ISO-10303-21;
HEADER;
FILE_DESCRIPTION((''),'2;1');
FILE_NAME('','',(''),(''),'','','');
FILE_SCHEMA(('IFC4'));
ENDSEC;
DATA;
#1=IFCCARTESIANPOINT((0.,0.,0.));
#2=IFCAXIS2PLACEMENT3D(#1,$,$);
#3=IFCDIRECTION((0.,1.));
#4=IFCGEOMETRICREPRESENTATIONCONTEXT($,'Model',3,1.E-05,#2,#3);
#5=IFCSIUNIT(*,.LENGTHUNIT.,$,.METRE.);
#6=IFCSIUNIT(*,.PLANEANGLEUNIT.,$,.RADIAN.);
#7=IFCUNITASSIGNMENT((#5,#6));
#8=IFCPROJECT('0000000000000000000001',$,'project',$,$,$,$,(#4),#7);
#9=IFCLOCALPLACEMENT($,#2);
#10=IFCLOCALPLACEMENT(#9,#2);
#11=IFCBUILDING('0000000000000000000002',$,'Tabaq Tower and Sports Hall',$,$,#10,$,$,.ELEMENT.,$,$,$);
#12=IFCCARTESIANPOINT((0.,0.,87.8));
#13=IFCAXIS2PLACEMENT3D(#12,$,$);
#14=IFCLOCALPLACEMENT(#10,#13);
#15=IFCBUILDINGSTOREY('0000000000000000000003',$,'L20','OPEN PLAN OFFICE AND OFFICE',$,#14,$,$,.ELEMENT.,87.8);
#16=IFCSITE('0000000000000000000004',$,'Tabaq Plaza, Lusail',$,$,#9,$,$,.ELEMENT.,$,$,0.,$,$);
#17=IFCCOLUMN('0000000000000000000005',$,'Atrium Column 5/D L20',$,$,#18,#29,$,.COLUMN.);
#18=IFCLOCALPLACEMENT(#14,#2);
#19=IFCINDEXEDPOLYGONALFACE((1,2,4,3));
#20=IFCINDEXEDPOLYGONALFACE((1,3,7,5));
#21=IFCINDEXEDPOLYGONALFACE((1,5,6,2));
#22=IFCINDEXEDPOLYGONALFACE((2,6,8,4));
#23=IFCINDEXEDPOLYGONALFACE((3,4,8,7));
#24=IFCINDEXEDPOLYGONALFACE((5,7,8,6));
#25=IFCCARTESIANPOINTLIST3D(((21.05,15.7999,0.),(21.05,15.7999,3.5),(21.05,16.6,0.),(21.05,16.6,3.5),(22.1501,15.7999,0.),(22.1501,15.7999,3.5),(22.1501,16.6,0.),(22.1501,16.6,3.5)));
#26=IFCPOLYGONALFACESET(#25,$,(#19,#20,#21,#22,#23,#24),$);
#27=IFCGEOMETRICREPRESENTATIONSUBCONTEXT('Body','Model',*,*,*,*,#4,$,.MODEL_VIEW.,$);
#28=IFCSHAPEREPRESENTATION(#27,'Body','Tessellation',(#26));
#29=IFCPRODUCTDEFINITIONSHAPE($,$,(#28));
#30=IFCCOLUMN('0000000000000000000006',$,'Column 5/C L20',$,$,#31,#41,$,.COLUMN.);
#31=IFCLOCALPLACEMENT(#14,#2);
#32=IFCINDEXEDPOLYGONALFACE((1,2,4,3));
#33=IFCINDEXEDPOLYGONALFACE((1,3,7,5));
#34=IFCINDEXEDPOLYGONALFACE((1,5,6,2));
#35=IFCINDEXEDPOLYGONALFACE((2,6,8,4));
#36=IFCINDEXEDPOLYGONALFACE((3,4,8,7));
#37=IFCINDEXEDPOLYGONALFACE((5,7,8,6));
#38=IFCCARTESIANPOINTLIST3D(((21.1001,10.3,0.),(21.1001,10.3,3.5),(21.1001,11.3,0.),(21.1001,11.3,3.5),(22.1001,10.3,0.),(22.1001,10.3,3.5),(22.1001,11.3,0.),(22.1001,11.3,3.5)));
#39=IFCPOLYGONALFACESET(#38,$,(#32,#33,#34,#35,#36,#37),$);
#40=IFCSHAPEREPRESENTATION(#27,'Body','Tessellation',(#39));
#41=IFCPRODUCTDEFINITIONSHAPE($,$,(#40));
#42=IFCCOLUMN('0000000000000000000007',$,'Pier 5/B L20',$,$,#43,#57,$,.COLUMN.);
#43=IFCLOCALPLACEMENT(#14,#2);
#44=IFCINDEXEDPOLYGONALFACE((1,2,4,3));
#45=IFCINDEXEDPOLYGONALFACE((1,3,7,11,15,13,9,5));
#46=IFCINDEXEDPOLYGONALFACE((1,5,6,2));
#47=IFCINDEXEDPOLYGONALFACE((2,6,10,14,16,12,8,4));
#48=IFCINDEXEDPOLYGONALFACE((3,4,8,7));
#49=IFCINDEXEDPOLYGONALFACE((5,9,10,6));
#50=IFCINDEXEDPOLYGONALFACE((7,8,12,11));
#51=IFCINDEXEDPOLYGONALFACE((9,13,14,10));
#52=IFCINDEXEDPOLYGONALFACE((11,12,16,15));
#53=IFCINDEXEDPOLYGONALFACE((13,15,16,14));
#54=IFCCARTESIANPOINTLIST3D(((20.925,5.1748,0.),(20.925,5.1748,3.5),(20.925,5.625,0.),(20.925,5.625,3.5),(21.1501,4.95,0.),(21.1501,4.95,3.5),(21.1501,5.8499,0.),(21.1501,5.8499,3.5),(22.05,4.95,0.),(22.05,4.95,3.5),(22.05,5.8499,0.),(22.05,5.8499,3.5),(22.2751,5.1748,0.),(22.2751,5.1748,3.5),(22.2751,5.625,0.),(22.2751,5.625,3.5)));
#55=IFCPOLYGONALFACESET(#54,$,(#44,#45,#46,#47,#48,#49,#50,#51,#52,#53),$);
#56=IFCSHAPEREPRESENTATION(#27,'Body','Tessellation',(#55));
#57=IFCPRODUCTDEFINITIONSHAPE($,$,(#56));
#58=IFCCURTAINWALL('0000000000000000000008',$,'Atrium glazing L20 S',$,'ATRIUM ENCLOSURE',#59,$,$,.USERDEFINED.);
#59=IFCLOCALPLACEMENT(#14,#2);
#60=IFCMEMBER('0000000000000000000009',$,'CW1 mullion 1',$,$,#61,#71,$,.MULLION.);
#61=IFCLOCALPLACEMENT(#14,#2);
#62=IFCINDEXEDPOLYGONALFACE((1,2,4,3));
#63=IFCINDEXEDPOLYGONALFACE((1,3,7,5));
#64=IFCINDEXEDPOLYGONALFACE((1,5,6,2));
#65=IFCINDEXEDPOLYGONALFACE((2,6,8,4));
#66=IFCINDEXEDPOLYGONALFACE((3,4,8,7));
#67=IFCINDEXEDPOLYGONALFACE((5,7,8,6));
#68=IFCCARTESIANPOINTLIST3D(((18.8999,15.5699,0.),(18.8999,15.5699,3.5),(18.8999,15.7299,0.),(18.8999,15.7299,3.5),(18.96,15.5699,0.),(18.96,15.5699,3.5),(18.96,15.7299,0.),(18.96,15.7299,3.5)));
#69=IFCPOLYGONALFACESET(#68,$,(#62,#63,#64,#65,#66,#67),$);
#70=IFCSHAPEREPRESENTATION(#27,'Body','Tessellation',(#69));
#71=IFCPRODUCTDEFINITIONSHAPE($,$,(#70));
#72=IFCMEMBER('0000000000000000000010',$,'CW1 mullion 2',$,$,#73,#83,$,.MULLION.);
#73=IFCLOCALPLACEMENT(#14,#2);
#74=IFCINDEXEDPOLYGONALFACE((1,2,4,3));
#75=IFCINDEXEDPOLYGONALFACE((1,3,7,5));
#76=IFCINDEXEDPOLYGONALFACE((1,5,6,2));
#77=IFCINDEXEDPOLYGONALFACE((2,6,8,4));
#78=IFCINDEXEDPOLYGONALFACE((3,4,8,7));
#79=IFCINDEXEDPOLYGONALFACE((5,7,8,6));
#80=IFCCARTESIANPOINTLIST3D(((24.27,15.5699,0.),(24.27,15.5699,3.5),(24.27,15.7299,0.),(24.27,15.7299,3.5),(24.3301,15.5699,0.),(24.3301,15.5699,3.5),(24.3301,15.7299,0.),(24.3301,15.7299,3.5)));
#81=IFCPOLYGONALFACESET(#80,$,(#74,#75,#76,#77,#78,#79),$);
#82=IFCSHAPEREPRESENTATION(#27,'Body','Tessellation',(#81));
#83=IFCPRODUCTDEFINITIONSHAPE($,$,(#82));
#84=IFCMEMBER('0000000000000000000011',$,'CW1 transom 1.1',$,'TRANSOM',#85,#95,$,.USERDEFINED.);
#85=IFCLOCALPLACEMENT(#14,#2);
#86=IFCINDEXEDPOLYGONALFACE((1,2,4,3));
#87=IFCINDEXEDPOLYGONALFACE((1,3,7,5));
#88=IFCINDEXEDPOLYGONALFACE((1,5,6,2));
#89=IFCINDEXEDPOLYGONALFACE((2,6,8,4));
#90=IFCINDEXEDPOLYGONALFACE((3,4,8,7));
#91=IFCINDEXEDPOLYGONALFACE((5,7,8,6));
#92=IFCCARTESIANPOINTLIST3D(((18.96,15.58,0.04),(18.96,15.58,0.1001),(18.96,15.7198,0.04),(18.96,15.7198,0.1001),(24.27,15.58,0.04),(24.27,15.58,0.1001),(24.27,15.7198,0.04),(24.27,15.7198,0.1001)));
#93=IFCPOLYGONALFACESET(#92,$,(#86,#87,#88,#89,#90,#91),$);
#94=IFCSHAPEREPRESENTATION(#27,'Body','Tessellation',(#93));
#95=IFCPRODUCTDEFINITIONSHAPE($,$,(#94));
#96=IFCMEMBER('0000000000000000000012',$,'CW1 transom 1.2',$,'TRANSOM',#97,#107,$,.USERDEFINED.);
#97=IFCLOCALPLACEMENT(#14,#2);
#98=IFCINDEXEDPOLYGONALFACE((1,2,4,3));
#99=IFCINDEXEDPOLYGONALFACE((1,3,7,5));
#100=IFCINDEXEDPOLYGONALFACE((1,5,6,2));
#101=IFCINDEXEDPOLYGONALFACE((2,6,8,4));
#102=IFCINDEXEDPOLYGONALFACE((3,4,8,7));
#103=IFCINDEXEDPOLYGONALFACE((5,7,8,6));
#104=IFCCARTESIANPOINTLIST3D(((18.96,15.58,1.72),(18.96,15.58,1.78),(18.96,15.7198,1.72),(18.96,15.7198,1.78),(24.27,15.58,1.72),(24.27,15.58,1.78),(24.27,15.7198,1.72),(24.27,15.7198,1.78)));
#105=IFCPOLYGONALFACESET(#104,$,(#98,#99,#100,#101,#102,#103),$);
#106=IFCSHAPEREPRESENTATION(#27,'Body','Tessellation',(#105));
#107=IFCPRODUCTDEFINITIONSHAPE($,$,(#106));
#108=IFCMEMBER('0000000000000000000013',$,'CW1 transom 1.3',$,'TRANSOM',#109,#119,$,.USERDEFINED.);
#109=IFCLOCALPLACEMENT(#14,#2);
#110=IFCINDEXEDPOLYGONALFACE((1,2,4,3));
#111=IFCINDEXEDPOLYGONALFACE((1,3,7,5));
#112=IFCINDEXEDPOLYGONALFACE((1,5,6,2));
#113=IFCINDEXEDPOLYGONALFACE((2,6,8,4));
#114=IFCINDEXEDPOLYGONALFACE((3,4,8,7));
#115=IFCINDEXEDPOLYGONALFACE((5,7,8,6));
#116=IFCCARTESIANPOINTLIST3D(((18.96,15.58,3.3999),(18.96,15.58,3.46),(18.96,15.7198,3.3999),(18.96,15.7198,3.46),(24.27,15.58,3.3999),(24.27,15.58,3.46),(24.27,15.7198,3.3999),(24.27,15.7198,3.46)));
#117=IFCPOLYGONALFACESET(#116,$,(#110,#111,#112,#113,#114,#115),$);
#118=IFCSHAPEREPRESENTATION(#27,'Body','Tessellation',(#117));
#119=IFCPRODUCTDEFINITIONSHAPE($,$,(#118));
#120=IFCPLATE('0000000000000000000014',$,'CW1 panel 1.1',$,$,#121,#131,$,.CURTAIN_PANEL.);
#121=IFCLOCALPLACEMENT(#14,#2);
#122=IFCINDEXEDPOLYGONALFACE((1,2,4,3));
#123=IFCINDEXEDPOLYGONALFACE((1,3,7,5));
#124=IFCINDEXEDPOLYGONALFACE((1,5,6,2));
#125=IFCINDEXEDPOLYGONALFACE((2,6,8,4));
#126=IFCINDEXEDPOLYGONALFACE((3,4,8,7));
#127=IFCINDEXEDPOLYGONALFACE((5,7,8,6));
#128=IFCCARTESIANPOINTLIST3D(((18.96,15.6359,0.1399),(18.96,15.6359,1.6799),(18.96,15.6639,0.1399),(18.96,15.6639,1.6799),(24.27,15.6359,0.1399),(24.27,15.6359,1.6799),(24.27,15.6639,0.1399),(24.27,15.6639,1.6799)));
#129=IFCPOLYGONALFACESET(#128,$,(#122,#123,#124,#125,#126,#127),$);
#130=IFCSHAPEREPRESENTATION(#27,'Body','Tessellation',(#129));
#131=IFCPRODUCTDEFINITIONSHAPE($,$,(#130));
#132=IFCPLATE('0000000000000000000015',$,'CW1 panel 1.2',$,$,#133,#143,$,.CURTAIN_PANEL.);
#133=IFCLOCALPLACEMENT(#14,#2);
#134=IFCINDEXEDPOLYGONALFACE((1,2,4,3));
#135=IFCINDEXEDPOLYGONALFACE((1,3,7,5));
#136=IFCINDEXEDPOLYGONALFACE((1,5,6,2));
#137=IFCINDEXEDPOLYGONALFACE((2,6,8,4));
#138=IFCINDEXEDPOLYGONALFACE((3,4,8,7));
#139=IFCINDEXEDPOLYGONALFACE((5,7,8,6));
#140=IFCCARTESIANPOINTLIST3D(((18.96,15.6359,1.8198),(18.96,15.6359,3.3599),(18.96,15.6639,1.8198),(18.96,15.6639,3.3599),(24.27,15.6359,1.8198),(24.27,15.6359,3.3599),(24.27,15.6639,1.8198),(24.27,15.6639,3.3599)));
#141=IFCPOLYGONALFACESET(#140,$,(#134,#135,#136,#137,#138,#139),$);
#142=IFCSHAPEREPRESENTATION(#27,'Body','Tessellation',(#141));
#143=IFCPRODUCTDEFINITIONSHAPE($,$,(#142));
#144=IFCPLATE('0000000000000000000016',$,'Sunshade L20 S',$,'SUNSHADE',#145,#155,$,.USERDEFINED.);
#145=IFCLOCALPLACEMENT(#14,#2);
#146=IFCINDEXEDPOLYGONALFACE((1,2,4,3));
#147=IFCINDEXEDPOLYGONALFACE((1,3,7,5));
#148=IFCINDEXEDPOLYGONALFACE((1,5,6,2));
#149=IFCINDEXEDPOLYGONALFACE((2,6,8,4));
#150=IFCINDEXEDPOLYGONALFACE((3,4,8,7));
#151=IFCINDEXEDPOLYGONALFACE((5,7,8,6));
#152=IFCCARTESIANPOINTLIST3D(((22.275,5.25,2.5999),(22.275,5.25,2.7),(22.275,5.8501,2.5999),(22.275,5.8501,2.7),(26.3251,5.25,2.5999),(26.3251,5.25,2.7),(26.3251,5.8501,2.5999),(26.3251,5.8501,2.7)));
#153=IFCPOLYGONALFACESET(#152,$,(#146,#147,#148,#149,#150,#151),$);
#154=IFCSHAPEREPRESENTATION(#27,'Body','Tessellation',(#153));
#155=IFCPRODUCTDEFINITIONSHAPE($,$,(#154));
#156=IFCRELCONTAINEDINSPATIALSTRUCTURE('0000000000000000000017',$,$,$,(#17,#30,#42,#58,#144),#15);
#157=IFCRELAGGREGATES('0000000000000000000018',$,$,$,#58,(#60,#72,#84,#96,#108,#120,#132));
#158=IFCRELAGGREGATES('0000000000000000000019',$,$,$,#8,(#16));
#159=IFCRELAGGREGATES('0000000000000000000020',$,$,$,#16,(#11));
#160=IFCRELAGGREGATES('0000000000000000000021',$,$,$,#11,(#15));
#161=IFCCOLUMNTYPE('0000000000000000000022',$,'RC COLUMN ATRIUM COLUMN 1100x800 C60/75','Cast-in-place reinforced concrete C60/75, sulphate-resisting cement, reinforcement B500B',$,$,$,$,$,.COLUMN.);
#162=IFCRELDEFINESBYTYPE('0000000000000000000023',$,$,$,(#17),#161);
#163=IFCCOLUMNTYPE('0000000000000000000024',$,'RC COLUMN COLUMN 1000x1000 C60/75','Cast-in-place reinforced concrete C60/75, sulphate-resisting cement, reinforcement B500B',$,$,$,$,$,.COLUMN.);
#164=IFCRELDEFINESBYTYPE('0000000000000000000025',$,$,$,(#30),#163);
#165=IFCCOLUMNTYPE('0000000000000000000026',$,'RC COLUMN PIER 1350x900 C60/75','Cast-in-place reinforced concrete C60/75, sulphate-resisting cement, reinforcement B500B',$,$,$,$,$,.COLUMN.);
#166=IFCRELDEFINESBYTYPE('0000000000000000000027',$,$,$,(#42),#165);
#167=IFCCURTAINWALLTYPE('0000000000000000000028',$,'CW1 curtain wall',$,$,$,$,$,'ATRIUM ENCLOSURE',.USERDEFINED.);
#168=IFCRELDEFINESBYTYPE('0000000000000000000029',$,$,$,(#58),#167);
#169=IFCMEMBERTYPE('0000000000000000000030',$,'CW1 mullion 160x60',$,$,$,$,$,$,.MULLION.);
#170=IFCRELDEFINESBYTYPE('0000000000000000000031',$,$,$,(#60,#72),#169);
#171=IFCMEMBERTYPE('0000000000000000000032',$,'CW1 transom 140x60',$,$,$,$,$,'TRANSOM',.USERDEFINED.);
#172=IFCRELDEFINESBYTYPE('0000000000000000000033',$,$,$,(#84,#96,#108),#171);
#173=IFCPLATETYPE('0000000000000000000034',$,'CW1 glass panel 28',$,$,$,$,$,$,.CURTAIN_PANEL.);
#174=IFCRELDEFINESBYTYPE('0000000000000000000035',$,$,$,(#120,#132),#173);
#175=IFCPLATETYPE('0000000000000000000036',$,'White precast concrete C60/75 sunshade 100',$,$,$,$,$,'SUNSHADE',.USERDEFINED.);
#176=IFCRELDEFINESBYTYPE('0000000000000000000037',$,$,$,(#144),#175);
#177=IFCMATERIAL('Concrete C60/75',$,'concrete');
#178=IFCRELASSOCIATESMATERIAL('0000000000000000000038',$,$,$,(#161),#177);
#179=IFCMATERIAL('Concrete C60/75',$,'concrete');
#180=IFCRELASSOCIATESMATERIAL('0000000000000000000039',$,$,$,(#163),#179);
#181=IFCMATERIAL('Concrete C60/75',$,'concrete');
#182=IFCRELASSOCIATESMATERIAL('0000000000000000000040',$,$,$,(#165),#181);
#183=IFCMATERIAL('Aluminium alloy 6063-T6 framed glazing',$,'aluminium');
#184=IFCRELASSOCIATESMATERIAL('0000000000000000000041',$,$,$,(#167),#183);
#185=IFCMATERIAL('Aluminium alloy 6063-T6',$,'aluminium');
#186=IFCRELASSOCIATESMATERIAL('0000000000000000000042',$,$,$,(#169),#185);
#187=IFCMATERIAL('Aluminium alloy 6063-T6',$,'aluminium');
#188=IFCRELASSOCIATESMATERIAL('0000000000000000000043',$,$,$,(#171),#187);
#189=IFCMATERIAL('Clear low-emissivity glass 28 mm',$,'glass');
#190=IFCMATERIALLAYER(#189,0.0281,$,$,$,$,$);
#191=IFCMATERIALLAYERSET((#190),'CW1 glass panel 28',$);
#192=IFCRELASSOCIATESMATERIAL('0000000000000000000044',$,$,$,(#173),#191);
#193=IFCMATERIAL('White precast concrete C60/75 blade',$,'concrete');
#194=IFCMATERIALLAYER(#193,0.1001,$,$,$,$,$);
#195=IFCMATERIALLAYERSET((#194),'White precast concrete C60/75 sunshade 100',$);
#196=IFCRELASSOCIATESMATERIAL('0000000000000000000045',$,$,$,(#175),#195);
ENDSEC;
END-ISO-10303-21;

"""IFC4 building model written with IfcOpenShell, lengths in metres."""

from ifc_helpers import new_model, si_unit, direction, frame, origin, origin_2d, place, context, subcontext, project, spatial, polyline, rectangle, outline, extrude, material, layer, layer_set, material_profile, profile_set, type_object, element, aggregate, save


model = new_model("IFC4")

# Units and contexts
model_context = context("Model", 3, precision=1e-05, world=origin(), true_north=direction((0.0, 1.0)))
body_context = subcontext(model_context, "Body", "Model", "MODEL_VIEW")
ifc_project = project(units=[si_unit("LENGTHUNIT", "METRE"), si_unit("PLANEANGLEUNIT", "RADIAN")], contexts=[model_context])

# Site, building, storey
site_placement = place(None, origin())
site = spatial("IfcSite", under=ifc_project, at=site_placement, Name="Tabaq Plaza, Lusail", CompositionType="ELEMENT", RefElevation=0.0)
building_placement = place(site_placement, origin())
building = spatial("IfcBuilding", under=site, at=building_placement, Name="Tabaq Tower and Sports Hall", CompositionType="ELEMENT")
storey_placement = place(building_placement, frame((0.0, 0.0, 87.8)))
storey = spatial("IfcBuildingStorey", under=building, at=storey_placement, Name="L20", Description="OPEN PLAN OFFICE AND OFFICE", CompositionType="ELEMENT", Elevation=87.8)

# Columns
ifc_material_1 = material(Name="Concrete C60/75", Category="concrete")
ifc_material_profile_1 = material_profile(ifc_material_1, rectangle(XDim=1.1001, YDim=0.8, at=origin_2d()), Name="ATRIUM COLUMN 1100x800")
ifc_profile_set_1 = profile_set([ifc_material_profile_1], Name="Concrete C60/75")
column_type_1 = type_object("IfcColumnType", Name="RC COLUMN ATRIUM COLUMN 1100x800 C60/75", Description="Cast-in-place reinforced concrete C60/75, sulphate-resisting cement, reinforcement B500B", PredefinedType="COLUMN", material=ifc_profile_set_1)
column_1_placement = place(storey_placement, frame((21.6001, 16.2, 0.0), z_axis=(0.0, 0.0, 1.0), x_axis=(1.0, 0.0, 0.0)))
element("IfcColumn", 1, at=column_1_placement, inside=storey, type_object=column_type_1, Name="Atrium Column 5/D L20", PredefinedType="COLUMN", context=body_context, shape_type="SweptSolid", body=[
    extrude(rectangle(XDim=1.1001, YDim=0.8, at=origin_2d()), origin(), (0.0, 0.0, 1.0), 3.5),
])
ifc_material_2 = material(Name="Concrete C60/75", Category="concrete")
ifc_material_profile_2 = material_profile(ifc_material_2, rectangle(XDim=1.0, YDim=1.0, at=origin_2d()), Name="COLUMN 1000x1000")
ifc_profile_set_2 = profile_set([ifc_material_profile_2], Name="Concrete C60/75")
column_type_2 = type_object("IfcColumnType", Name="RC COLUMN COLUMN 1000x1000 C60/75", Description="Cast-in-place reinforced concrete C60/75, sulphate-resisting cement, reinforcement B500B", PredefinedType="COLUMN", material=ifc_profile_set_2)
column_2_placement = place(storey_placement, frame((21.6001, 10.8, 0.0), z_axis=(0.0, 0.0, 1.0), x_axis=(1.0, 0.0, 0.0)))
element("IfcColumn", 2, at=column_2_placement, inside=storey, type_object=column_type_2, Name="Column 5/C L20", PredefinedType="COLUMN", context=body_context, shape_type="SweptSolid", body=[
    extrude(rectangle(XDim=1.0, YDim=1.0, at=origin_2d()), origin(), (0.0, 0.0, 1.0), 3.5),
])
ifc_material_3 = material(Name="Concrete C60/75", Category="concrete")
ifc_material_profile_3 = material_profile(ifc_material_3, outline(polyline([(-0.45, -0.45), (0.45, -0.45), (0.675, -0.2251), (0.675, 0.2251), (0.45, 0.45), (-0.45, 0.45), (-0.675, 0.2251), (-0.675, -0.2251), (-0.45, -0.45)])), Name="PIER 1350x900")
ifc_profile_set_3 = profile_set([ifc_material_profile_3], Name="Concrete C60/75")
column_type_3 = type_object("IfcColumnType", Name="RC COLUMN PIER 1350x900 C60/75", Description="Cast-in-place reinforced concrete C60/75, sulphate-resisting cement, reinforcement B500B", PredefinedType="COLUMN", material=ifc_profile_set_3)
column_3_placement = place(storey_placement, frame((21.6001, 5.3999, 0.0), z_axis=(0.0, 0.0, 1.0), x_axis=(1.0, 0.0, 0.0)))
element("IfcColumn", 3, at=column_3_placement, inside=storey, type_object=column_type_3, Name="Pier 5/B L20", PredefinedType="COLUMN", context=body_context, shape_type="SweptSolid", body=[
    extrude(outline(polyline([(-0.45, -0.45), (0.45, -0.45), (0.675, -0.2251), (0.675, 0.2251), (0.45, 0.45), (-0.45, 0.45), (-0.675, 0.2251), (-0.675, -0.2251), (-0.45, -0.45)])), origin(), (0.0, 0.0, 1.0), 3.5),
])

# Curtain wall, members, plates
ifc_material_4 = material(Name="Aluminium alloy 6063-T6 framed glazing", Category="aluminium")
curtain_wall_type = type_object("IfcCurtainWallType", Name="CW1 curtain wall", ElementType="ATRIUM ENCLOSURE", PredefinedType="USERDEFINED", material=ifc_material_4)
curtain_wall_placement = place(storey_placement, origin())
curtain_wall = element("IfcCurtainWall", 4, at=curtain_wall_placement, inside=storey, type_object=curtain_wall_type, Name="Atrium glazing L20 S", ObjectType="ATRIUM ENCLOSURE", PredefinedType="USERDEFINED")
ifc_material_5 = material(Name="Aluminium alloy 6063-T6", Category="aluminium")
ifc_material_profile_4 = material_profile(ifc_material_5, rectangle(XDim=0.1599, YDim=0.0601, at=origin_2d()), Name="MULLION 160x60")
ifc_profile_set_4 = profile_set([ifc_material_profile_4], Name="Aluminium alloy 6063-T6")
member_type_1 = type_object("IfcMemberType", Name="CW1 mullion 160x60", PredefinedType="MULLION", material=ifc_profile_set_4)
member_1_placement = place(storey_placement, frame((18.9299, 15.6499, 0.0), z_axis=(0.0, 0.0, 1.0), x_axis=(0.0, 1.0, 0.0)))
member_1 = element("IfcMember", 5, at=member_1_placement, type_object=member_type_1, Name="CW1 mullion 1", PredefinedType="MULLION", context=body_context, shape_type="SweptSolid", body=[
    extrude(rectangle(XDim=0.1599, YDim=0.0601, at=origin_2d()), origin(), (0.0, 0.0, 1.0), 3.5),
])
member_2_placement = place(storey_placement, frame((24.3, 15.6499, 0.0), z_axis=(0.0, 0.0, 1.0), x_axis=(0.0, 1.0, 0.0)))
member_2 = element("IfcMember", 6, at=member_2_placement, type_object=member_type_1, Name="CW1 mullion 2", PredefinedType="MULLION", context=body_context, shape_type="SweptSolid", body=[
    extrude(rectangle(XDim=0.1599, YDim=0.0601, at=origin_2d()), origin(), (0.0, 0.0, 1.0), 3.5),
])
ifc_material_6 = material(Name="Aluminium alloy 6063-T6", Category="aluminium")
ifc_material_profile_5 = material_profile(ifc_material_6, rectangle(XDim=0.1399, YDim=0.0601, at=origin_2d()), Name="TRANSOM 140x60")
ifc_profile_set_5 = profile_set([ifc_material_profile_5], Name="Aluminium alloy 6063-T6")
member_type_2 = type_object("IfcMemberType", Name="CW1 transom 140x60", ElementType="TRANSOM", PredefinedType="USERDEFINED", material=ifc_profile_set_5)
member_3_placement = place(storey_placement, frame((18.96, 15.6499, 0.0701), z_axis=(1.0, 0.0, 0.0), x_axis=(0.0, 1.0, 0.0)))
member_3 = element("IfcMember", 7, at=member_3_placement, type_object=member_type_2, Name="CW1 transom 1.1", ObjectType="TRANSOM", PredefinedType="USERDEFINED", context=body_context, shape_type="SweptSolid", body=[
    extrude(rectangle(XDim=0.1399, YDim=0.0601, at=origin_2d()), origin(), (0.0, 0.0, 1.0), 5.3101),
])
member_4_placement = place(storey_placement, frame((18.96, 15.6499, 1.75), z_axis=(1.0, 0.0, 0.0), x_axis=(0.0, 1.0, 0.0)))
member_4 = element("IfcMember", 8, at=member_4_placement, type_object=member_type_2, Name="CW1 transom 1.2", ObjectType="TRANSOM", PredefinedType="USERDEFINED", context=body_context, shape_type="SweptSolid", body=[
    extrude(rectangle(XDim=0.1399, YDim=0.0601, at=origin_2d()), origin(), (0.0, 0.0, 1.0), 5.3101),
])
member_5_placement = place(storey_placement, frame((18.96, 15.6499, 3.4299), z_axis=(1.0, 0.0, 0.0), x_axis=(0.0, 1.0, 0.0)))
member_5 = element("IfcMember", 9, at=member_5_placement, type_object=member_type_2, Name="CW1 transom 1.3", ObjectType="TRANSOM", PredefinedType="USERDEFINED", context=body_context, shape_type="SweptSolid", body=[
    extrude(rectangle(XDim=0.1399, YDim=0.0601, at=origin_2d()), origin(), (0.0, 0.0, 1.0), 5.3101),
])
ifc_material_7 = material(Name="Clear low-emissivity glass 28 mm", Category="glass")
ifc_layer_1 = layer(ifc_material_7, 0.0281)
ifc_layer_set_1 = layer_set([ifc_layer_1], Name="CW1 glass panel 28")
plate_type_1 = type_object("IfcPlateType", Name="CW1 glass panel 28", PredefinedType="CURTAIN_PANEL", material=ifc_layer_set_1)
plate_1_placement = place(storey_placement, frame((21.615, 15.6499, 0.1399), z_axis=(0.0, 0.0, 1.0), x_axis=(1.0, 0.0, 0.0)))
plate_1 = element("IfcPlate", 10, at=plate_1_placement, type_object=plate_type_1, Name="CW1 panel 1.1", PredefinedType="CURTAIN_PANEL", context=body_context, shape_type="SweptSolid", body=[
    extrude(rectangle(XDim=5.3101, YDim=0.0281, at=origin_2d()), origin(), (0.0, 0.0, 1.0), 1.54),
])
plate_2_placement = place(storey_placement, frame((21.615, 15.6499, 1.8198), z_axis=(0.0, 0.0, 1.0), x_axis=(1.0, 0.0, 0.0)))
plate_2 = element("IfcPlate", 11, at=plate_2_placement, type_object=plate_type_1, Name="CW1 panel 1.2", PredefinedType="CURTAIN_PANEL", context=body_context, shape_type="SweptSolid", body=[
    extrude(rectangle(XDim=5.3101, YDim=0.0281, at=origin_2d()), origin(), (0.0, 0.0, 1.0), 1.54),
])
aggregate(curtain_wall, [member_1, member_2, member_3, member_4, member_5, plate_1, plate_2])

# Plate
ifc_material_8 = material(Name="White precast concrete C60/75 blade", Category="concrete")
ifc_layer_2 = layer(ifc_material_8, 0.1001)
ifc_layer_set_2 = layer_set([ifc_layer_2], Name="White precast concrete C60/75 sunshade 100")
plate_type_2 = type_object("IfcPlateType", Name="White precast concrete C60/75 sunshade 100", ElementType="SUNSHADE", PredefinedType="USERDEFINED", material=ifc_layer_set_2)
plate_3_placement = place(storey_placement, frame((24.3, 5.55, 2.5999), z_axis=(0.0, 0.0, 1.0), x_axis=(1.0, 0.0, 0.0)))
element("IfcPlate", 12, at=plate_3_placement, inside=storey, type_object=plate_type_2, Name="Sunshade L20 S", ObjectType="SUNSHADE", PredefinedType="USERDEFINED", context=body_context, shape_type="SweptSolid", body=[
    extrude(rectangle(XDim=4.05, YDim=0.6001, at=origin_2d()), origin(), (0.0, 0.0, 1.0), 0.1001),
])

save(model, "model.ifc")
